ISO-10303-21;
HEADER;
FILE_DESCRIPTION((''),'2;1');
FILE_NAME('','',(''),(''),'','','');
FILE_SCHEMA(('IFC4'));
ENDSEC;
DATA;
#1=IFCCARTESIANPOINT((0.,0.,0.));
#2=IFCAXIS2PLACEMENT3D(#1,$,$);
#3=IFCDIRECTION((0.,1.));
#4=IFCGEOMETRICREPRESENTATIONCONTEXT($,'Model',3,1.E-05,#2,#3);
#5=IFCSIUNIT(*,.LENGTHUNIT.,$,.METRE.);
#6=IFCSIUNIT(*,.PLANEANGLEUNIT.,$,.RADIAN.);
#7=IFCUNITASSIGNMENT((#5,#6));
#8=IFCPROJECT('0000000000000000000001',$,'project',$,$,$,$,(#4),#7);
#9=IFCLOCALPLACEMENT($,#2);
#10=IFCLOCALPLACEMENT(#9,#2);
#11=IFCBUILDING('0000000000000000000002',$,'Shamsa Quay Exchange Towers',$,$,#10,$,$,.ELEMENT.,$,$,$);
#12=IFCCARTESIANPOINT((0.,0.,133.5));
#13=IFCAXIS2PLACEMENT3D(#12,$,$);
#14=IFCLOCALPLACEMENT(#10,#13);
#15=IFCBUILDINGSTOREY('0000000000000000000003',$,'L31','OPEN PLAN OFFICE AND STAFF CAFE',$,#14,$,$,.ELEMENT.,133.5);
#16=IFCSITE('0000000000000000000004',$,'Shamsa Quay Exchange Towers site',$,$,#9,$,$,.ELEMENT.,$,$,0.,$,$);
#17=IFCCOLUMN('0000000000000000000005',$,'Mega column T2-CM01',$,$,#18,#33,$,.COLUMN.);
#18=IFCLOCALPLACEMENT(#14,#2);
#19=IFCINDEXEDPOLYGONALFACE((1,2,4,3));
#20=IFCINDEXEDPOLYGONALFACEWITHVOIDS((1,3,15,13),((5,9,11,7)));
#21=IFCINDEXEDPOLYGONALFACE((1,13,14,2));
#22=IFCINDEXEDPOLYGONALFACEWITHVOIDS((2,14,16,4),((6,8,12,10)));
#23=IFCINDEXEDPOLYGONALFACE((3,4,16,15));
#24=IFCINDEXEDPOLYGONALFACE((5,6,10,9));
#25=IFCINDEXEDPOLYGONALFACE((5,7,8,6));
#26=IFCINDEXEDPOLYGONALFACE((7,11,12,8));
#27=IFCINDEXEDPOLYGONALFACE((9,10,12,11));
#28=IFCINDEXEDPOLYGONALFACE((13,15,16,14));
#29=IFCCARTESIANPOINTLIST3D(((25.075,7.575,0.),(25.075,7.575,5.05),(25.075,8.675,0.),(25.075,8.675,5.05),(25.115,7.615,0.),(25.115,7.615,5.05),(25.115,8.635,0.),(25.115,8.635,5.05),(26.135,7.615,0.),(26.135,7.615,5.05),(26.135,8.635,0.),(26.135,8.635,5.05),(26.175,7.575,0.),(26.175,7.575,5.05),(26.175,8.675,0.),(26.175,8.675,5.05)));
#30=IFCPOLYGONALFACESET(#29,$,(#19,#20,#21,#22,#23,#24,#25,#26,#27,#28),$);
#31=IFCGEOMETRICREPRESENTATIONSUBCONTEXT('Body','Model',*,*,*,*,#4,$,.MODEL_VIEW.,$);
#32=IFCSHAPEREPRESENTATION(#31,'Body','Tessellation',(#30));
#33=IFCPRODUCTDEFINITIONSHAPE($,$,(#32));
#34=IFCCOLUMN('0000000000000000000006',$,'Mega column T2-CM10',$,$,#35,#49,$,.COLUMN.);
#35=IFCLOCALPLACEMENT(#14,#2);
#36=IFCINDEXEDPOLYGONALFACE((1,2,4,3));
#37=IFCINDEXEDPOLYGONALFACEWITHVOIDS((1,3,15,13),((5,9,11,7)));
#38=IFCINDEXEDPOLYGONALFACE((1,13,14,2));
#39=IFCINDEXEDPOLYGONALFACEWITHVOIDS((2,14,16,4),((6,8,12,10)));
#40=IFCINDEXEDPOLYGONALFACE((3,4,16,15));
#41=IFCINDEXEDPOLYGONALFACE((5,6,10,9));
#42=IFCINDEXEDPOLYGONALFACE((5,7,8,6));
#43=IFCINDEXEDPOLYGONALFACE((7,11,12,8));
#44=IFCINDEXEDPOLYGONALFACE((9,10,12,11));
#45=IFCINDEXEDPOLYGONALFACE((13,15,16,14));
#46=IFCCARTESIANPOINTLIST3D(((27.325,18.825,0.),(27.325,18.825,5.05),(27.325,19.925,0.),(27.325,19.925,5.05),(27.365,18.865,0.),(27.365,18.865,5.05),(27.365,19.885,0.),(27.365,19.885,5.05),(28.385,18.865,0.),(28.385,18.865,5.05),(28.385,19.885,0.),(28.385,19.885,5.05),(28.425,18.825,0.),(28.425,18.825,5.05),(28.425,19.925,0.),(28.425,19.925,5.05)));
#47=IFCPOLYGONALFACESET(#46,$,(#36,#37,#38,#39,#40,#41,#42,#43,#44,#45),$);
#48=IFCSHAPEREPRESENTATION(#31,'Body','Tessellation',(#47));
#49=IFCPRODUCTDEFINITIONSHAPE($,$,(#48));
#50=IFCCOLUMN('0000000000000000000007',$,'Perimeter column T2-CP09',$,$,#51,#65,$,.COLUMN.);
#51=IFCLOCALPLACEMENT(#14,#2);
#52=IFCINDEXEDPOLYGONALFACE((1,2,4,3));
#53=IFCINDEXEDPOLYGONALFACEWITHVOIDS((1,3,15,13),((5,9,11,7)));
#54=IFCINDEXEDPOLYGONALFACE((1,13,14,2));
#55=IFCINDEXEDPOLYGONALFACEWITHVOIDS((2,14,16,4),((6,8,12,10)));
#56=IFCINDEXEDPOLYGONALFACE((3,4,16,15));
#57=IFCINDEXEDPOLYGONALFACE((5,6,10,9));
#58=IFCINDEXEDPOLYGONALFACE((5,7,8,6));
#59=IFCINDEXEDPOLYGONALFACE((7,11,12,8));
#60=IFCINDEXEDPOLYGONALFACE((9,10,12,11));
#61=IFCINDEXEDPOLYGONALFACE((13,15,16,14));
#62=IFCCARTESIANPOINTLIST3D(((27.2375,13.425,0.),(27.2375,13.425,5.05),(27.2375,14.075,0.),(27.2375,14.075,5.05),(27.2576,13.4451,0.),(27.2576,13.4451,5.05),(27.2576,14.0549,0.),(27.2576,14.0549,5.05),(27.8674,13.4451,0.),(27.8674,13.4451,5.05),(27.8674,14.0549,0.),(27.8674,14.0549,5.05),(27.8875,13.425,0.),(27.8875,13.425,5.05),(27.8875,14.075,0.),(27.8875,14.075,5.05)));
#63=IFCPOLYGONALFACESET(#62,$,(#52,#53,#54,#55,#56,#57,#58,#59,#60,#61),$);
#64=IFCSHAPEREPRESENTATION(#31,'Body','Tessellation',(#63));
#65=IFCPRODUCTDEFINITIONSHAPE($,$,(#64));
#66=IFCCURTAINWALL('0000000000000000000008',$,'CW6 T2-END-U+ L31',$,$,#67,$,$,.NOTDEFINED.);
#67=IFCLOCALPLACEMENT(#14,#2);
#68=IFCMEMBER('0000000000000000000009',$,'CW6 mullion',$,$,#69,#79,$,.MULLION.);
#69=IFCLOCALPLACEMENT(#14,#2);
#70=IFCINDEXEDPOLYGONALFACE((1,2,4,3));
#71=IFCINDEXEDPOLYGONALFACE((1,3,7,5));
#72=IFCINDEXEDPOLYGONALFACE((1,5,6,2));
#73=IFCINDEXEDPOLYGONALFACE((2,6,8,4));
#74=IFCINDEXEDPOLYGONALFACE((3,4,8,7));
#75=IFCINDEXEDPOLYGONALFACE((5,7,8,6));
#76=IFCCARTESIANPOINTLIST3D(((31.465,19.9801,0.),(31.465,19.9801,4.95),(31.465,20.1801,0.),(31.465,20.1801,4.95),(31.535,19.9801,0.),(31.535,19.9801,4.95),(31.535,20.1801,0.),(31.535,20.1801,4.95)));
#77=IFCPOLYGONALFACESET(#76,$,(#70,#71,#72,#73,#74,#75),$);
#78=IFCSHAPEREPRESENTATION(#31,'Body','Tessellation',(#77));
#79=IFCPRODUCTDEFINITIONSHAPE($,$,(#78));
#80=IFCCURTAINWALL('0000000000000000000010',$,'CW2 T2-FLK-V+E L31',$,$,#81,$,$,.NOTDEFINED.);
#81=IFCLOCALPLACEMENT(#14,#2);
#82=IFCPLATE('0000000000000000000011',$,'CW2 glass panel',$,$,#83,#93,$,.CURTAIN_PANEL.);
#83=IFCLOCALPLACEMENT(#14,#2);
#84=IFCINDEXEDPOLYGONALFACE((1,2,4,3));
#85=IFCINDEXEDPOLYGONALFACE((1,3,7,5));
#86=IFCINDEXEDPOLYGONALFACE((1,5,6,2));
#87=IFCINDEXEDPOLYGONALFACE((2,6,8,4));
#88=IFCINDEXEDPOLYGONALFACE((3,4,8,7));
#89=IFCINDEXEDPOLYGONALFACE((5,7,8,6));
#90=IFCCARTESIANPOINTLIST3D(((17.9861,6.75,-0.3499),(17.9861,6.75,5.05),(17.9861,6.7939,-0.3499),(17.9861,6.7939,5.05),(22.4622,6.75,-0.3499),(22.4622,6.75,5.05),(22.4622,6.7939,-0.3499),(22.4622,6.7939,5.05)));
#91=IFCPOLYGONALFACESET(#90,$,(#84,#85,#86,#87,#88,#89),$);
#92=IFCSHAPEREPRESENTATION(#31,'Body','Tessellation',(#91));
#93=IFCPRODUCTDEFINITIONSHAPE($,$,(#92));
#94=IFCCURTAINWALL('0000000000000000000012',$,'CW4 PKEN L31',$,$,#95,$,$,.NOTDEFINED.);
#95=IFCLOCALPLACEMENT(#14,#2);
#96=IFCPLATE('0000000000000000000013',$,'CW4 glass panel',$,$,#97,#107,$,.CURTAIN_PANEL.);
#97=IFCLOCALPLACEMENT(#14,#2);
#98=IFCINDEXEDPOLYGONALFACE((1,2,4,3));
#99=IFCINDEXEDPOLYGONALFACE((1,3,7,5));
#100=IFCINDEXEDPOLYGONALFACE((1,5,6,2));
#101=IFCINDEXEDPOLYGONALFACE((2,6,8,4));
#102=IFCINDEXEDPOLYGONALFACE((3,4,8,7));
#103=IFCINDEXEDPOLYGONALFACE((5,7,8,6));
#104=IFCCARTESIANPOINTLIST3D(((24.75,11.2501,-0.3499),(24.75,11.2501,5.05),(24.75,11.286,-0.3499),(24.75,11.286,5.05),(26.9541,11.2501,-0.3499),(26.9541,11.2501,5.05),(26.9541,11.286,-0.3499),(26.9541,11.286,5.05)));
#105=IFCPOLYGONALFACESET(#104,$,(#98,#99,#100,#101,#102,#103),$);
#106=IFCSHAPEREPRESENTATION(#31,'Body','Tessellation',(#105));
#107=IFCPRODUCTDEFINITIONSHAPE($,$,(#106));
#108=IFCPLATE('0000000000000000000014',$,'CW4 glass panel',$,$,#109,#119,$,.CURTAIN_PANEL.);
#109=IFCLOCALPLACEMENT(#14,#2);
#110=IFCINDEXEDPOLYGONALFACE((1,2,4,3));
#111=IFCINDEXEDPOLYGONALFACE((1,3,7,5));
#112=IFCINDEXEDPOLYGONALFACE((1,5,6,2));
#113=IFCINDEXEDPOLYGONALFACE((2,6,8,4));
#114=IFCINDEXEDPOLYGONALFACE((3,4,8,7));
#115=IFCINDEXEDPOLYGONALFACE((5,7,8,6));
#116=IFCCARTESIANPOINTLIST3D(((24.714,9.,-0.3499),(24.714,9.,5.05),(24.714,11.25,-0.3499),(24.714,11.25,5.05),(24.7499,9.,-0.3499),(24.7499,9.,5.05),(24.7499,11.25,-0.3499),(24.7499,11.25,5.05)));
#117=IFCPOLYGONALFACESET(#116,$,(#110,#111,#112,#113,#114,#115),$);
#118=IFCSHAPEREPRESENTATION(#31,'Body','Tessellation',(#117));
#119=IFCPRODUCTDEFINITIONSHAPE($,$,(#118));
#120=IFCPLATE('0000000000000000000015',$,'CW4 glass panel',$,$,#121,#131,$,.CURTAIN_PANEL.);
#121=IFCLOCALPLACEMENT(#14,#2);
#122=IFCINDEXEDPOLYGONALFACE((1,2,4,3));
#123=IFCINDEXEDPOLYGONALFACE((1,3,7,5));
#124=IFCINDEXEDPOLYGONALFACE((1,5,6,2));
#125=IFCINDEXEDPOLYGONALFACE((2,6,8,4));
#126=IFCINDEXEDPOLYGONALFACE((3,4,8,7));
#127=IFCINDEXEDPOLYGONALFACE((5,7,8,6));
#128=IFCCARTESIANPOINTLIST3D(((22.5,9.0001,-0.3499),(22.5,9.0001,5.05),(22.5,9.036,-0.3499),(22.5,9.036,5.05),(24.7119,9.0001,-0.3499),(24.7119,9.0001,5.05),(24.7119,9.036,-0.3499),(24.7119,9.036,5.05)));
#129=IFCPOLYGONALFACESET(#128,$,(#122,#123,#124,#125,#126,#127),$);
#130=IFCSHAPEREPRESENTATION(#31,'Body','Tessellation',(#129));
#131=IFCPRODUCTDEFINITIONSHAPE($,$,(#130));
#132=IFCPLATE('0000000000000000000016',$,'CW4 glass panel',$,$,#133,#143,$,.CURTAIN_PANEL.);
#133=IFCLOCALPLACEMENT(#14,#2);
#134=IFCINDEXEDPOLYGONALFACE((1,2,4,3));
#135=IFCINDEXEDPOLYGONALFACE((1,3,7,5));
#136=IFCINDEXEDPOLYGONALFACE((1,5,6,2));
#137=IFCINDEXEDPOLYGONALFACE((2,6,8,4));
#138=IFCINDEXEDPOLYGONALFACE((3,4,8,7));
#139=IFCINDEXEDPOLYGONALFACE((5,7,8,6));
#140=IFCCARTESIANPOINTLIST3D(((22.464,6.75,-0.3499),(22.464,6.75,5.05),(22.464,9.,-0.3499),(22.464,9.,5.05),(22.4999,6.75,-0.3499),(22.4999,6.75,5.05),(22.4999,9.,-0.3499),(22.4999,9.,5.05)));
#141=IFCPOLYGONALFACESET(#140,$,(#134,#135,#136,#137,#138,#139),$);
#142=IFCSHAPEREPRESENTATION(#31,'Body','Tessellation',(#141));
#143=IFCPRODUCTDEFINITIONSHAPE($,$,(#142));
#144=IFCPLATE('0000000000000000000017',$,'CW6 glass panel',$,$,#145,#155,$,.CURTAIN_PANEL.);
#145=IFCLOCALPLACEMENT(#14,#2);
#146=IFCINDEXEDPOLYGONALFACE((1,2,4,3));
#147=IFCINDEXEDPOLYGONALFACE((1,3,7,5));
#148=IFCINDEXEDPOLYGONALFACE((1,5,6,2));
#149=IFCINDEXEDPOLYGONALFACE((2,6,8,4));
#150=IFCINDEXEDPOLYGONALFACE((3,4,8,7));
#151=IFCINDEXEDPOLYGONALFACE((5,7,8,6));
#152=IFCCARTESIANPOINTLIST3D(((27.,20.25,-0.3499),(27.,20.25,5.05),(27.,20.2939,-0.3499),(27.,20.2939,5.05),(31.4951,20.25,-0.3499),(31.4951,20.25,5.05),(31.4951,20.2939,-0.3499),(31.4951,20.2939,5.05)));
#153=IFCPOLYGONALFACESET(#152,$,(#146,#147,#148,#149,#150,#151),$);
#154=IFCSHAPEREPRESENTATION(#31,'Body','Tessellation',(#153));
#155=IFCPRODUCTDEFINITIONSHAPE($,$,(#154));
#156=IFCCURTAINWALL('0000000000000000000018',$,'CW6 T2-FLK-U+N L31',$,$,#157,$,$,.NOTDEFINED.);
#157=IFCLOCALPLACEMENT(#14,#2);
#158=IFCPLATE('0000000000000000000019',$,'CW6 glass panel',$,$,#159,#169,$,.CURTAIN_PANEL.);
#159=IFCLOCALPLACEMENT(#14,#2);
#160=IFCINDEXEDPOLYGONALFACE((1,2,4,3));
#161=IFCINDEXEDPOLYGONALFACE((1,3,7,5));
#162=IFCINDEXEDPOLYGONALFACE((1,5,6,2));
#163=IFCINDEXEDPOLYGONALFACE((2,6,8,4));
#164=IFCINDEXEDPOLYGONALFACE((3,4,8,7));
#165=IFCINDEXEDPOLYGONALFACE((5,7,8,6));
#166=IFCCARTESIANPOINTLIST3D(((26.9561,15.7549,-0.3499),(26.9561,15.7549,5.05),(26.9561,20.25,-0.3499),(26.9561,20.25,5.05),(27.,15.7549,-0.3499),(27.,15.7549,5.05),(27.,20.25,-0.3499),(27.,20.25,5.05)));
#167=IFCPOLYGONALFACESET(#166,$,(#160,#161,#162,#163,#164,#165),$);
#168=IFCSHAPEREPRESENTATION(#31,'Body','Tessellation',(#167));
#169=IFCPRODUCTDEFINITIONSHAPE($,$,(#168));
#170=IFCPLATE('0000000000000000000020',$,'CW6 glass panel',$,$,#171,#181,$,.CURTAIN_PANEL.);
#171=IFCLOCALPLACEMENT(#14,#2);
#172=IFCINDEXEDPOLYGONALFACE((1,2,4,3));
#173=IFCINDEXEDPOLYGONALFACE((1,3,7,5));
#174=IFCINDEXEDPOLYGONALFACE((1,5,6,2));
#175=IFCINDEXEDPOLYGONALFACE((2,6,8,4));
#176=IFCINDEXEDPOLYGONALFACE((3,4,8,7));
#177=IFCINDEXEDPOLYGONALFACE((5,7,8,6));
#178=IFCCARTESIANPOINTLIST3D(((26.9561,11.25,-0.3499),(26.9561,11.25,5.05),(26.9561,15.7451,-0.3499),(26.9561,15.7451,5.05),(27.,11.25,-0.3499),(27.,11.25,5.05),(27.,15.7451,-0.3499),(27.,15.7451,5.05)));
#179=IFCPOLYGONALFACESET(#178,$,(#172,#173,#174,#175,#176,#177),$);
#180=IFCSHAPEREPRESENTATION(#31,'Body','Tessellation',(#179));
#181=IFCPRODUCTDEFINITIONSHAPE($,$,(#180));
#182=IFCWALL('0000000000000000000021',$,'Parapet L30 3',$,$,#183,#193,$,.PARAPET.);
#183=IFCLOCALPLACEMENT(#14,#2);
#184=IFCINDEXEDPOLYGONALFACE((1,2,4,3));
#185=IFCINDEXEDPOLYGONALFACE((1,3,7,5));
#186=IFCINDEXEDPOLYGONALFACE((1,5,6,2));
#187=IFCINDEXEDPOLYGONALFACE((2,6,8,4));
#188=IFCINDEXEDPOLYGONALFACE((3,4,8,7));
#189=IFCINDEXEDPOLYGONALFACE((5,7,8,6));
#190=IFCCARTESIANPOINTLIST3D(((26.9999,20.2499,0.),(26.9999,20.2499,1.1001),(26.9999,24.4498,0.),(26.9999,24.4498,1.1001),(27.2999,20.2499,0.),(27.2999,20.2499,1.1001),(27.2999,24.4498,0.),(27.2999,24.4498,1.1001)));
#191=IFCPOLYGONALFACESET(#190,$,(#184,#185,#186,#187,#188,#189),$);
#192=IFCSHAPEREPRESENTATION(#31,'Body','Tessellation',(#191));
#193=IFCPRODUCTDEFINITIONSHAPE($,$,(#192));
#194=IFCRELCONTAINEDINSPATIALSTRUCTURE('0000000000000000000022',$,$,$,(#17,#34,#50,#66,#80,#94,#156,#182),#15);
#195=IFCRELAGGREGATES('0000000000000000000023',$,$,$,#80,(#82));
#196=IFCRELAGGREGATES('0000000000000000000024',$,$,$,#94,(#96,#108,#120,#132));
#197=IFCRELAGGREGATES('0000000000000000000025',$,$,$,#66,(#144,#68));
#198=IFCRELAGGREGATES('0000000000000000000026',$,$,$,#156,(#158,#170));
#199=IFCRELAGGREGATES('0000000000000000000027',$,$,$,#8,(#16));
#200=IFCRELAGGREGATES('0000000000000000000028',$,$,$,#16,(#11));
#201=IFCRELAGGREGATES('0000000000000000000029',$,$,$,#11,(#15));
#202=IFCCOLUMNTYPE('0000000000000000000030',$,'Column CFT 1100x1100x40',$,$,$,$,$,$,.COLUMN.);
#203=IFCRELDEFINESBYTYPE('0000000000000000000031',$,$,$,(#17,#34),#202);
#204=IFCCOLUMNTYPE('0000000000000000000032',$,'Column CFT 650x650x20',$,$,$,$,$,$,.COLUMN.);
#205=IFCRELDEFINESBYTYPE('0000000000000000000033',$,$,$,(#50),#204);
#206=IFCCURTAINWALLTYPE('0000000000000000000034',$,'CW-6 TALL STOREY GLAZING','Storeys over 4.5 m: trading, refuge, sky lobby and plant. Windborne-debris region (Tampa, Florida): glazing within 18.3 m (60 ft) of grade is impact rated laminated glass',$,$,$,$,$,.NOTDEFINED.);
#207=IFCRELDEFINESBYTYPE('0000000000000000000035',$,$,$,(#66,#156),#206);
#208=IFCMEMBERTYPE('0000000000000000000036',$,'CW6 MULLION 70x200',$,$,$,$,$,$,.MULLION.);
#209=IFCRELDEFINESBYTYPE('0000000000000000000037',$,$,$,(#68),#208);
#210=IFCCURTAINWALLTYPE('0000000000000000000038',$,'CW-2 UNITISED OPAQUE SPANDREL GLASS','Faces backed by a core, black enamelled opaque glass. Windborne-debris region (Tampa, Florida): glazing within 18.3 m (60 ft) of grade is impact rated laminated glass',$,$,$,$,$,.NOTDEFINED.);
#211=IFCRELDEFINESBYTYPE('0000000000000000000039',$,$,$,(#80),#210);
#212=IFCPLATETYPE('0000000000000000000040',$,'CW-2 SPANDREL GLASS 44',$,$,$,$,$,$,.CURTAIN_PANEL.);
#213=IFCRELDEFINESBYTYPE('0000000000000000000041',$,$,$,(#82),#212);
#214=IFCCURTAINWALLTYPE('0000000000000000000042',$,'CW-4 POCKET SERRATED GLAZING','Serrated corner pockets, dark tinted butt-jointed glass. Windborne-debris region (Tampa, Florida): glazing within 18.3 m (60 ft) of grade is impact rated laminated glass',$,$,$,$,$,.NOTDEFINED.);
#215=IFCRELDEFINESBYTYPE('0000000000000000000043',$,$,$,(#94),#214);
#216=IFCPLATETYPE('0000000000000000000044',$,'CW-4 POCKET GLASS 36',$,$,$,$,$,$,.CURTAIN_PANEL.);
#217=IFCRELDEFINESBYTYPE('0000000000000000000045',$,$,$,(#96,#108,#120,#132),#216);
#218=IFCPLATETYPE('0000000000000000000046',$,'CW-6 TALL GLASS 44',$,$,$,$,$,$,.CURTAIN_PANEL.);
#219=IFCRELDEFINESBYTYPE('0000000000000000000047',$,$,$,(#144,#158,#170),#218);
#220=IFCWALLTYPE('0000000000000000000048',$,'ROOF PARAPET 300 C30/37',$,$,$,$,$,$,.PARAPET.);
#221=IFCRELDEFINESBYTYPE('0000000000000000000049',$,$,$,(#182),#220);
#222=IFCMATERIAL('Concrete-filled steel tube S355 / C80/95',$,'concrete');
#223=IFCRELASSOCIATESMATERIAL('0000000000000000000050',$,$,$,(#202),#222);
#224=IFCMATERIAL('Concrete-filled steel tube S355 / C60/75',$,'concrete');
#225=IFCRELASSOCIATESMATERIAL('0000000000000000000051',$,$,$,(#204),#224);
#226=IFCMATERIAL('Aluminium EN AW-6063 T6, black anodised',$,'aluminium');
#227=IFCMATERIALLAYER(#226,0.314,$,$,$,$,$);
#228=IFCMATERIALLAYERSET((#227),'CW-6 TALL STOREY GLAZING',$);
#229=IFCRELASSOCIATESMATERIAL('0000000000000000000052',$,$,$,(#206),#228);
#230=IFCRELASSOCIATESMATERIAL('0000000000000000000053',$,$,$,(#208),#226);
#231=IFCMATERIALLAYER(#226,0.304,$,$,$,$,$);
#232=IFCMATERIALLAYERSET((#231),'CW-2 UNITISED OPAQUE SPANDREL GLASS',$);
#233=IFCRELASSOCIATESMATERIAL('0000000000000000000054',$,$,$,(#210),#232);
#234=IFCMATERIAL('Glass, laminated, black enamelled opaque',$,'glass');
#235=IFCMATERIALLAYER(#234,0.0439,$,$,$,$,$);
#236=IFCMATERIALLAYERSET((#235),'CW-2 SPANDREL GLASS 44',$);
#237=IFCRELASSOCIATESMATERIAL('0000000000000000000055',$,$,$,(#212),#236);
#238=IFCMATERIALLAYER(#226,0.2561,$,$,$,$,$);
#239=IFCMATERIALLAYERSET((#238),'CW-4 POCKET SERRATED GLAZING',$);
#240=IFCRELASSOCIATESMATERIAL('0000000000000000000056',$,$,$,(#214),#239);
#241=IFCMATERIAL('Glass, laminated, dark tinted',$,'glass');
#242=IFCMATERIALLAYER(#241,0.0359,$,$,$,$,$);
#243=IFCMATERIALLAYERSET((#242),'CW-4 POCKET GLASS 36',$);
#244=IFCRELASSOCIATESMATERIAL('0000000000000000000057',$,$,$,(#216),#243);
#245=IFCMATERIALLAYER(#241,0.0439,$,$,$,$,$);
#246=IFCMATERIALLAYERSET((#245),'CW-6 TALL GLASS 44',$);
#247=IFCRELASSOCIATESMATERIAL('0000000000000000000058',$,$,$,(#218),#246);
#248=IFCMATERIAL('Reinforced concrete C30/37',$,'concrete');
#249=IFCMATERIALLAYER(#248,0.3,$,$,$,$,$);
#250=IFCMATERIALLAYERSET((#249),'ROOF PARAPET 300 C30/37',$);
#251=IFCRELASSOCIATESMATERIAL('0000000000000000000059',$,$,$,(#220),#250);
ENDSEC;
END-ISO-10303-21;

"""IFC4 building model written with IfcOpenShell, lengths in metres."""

from ifc_helpers import new_model, si_unit, direction, frame, frame_2d, origin, origin_2d, place, context, subcontext, project, spatial, rectangle, hollow_rectangle, extrude, material, layer, layer_set, material_profile, profile_set, type_object, element, aggregate, save


model = new_model("IFC4")

# Units and contexts
model_context = context("Model", 3, precision=1e-05, world=origin(), true_north=direction((0.0, 1.0)))
body_context = subcontext(model_context, "Body", "Model", "MODEL_VIEW")
ifc_project = project(units=[si_unit("LENGTHUNIT", "METRE"), si_unit("PLANEANGLEUNIT", "RADIAN")], contexts=[model_context])

# Site, building, storey
site_placement = place(None, origin())
site = spatial("IfcSite", under=ifc_project, at=site_placement, Name="Shamsa Quay Exchange Towers site", CompositionType="ELEMENT", RefElevation=0.0)
building_placement = place(site_placement, origin())
building = spatial("IfcBuilding", under=site, at=building_placement, Name="Shamsa Quay Exchange Towers", CompositionType="ELEMENT")
storey_placement = place(building_placement, frame((0.0, 0.0, 133.5)))
storey = spatial("IfcBuildingStorey", under=building, at=storey_placement, Name="L31", Description="OPEN PLAN OFFICE AND STAFF CAFE", CompositionType="ELEMENT", Elevation=133.5)

# Columns
ifc_material_1 = material(Name="Concrete-filled steel tube S355 / C80/95", Category="concrete")
ifc_material_profile_1 = material_profile(ifc_material_1, hollow_rectangle(XDim=1.1001, YDim=1.1001, WallThickness=0.04, at=origin_2d()), Name="CFT 1100x1100x40")
ifc_profile_set_1 = profile_set([ifc_material_profile_1], Name="Concrete-filled steel tube S355 / C80/95")
column_type_1 = type_object("IfcColumnType", Name="Column CFT 1100x1100x40", PredefinedType="COLUMN", material=ifc_profile_set_1)
for number, where, name in (
    (1, (25.625, 8.125, 0.0), "Mega column T2-CM01"),
    (2, (27.875, 19.375, 0.0), "Mega column T2-CM10"),
):
    element("IfcColumn", number, at=place(storey_placement, frame(where)), inside=storey, type_object=column_type_1, Name=name, PredefinedType="COLUMN", context=body_context, shape_type="SweptSolid", body=[
        extrude(hollow_rectangle(XDim=1.1001, YDim=1.1001, WallThickness=0.04, at=origin_2d()), origin(), (0.0, 0.0, 1.0), 5.05),
    ])
ifc_material_2 = material(Name="Concrete-filled steel tube S355 / C60/75", Category="concrete")
ifc_material_profile_2 = material_profile(ifc_material_2, hollow_rectangle(XDim=0.6499, YDim=0.6499, WallThickness=0.02, at=origin_2d()), Name="CFT 650x650x20")
ifc_profile_set_2 = profile_set([ifc_material_profile_2], Name="Concrete-filled steel tube S355 / C60/75")
column_type_2 = type_object("IfcColumnType", Name="Column CFT 650x650x20", PredefinedType="COLUMN", material=ifc_profile_set_2)
column_placement = place(storey_placement, frame((27.5625, 13.75, 0.0)))
element("IfcColumn", 3, at=column_placement, inside=storey, type_object=column_type_2, Name="Perimeter column T2-CP09", PredefinedType="COLUMN", context=body_context, shape_type="SweptSolid", body=[
    extrude(hollow_rectangle(XDim=0.6499, YDim=0.6499, WallThickness=0.02, at=origin_2d()), origin(), (0.0, 0.0, 1.0), 5.05),
])

# Curtain wall, member
ifc_material_3 = material(Name="Aluminium EN AW-6063 T6, black anodised", Category="aluminium")
ifc_layer_1 = layer(ifc_material_3, 0.314)
ifc_layer_set_1 = layer_set([ifc_layer_1], Name="CW-6 TALL STOREY GLAZING")
curtain_wall_type_1 = type_object("IfcCurtainWallType", Name="CW-6 TALL STOREY GLAZING", Description="Storeys over 4.5 m: trading, refuge, sky lobby and plant. Windborne-debris region (Tampa, Florida): glazing within 18.3 m (60 ft) of grade is impact rated laminated glass", PredefinedType="NOTDEFINED", material=ifc_layer_set_1)
curtain_wall_1_placement = place(storey_placement, origin())
curtain_wall_1 = element("IfcCurtainWall", 4, at=curtain_wall_1_placement, inside=storey, type_object=curtain_wall_type_1, Name="CW6 T2-END-U+ L31", PredefinedType="NOTDEFINED")
ifc_material_profile_3 = material_profile(ifc_material_3, rectangle(XDim=0.2, YDim=0.0701, at=origin_2d()), Name="MU70x200")
ifc_profile_set_3 = profile_set([ifc_material_profile_3], Name="Aluminium EN AW-6063 T6, black anodised")
member_type = type_object("IfcMemberType", Name="CW6 MULLION 70x200", PredefinedType="MULLION", material=ifc_profile_set_3)
member_placement = place(storey_placement, frame((31.5, 20.0801, 0.0), z_axis=(0.0, 0.0, 1.0), x_axis=(0.0, -1.0, 0.0)))
member = element("IfcMember", 5, at=member_placement, type_object=member_type, Name="CW6 mullion", PredefinedType="MULLION", context=body_context, shape_type="SweptSolid", body=[
    extrude(rectangle(XDim=0.2, YDim=0.0701, at=origin_2d()), origin(), (0.0, 0.0, 1.0), 4.95),
])

# Curtain wall, plate
ifc_layer_2 = layer(ifc_material_3, 0.304)
ifc_layer_set_2 = layer_set([ifc_layer_2], Name="CW-2 UNITISED OPAQUE SPANDREL GLASS")
curtain_wall_type_2 = type_object("IfcCurtainWallType", Name="CW-2 UNITISED OPAQUE SPANDREL GLASS", Description="Faces backed by a core, black enamelled opaque glass. Windborne-debris region (Tampa, Florida): glazing within 18.3 m (60 ft) of grade is impact rated laminated glass", PredefinedType="NOTDEFINED", material=ifc_layer_set_2)
curtain_wall_2_placement = place(storey_placement, origin())
curtain_wall_2 = element("IfcCurtainWall", 6, at=curtain_wall_2_placement, inside=storey, type_object=curtain_wall_type_2, Name="CW2 T2-FLK-V+E L31", PredefinedType="NOTDEFINED")
ifc_material_4 = material(Name="Glass, laminated, black enamelled opaque", Category="glass")
ifc_layer_3 = layer(ifc_material_4, 0.0439)
ifc_layer_set_3 = layer_set([ifc_layer_3], Name="CW-2 SPANDREL GLASS 44")
plate_type_1 = type_object("IfcPlateType", Name="CW-2 SPANDREL GLASS 44", PredefinedType="CURTAIN_PANEL", material=ifc_layer_set_3)
plate_1_placement = place(storey_placement, frame((20.2241, 6.772, -0.3499), z_axis=(0.0, 0.0, 1.0), x_axis=(-1.0, 0.0, 0.0)))
plate_1 = element("IfcPlate", 7, at=plate_1_placement, type_object=plate_type_1, Name="CW2 glass panel", PredefinedType="CURTAIN_PANEL", context=body_context, shape_type="SweptSolid", body=[
    extrude(rectangle(XDim=4.4761, YDim=0.0439, at=origin_2d()), origin(), (0.0, 0.0, 1.0), 5.3999),
])
aggregate(curtain_wall_2, [plate_1])

# Curtain wall, plates
ifc_layer_4 = layer(ifc_material_3, 0.2561)
ifc_layer_set_4 = layer_set([ifc_layer_4], Name="CW-4 POCKET SERRATED GLAZING")
curtain_wall_type_3 = type_object("IfcCurtainWallType", Name="CW-4 POCKET SERRATED GLAZING", Description="Serrated corner pockets, dark tinted butt-jointed glass. Windborne-debris region (Tampa, Florida): glazing within 18.3 m (60 ft) of grade is impact rated laminated glass", PredefinedType="NOTDEFINED", material=ifc_layer_set_4)
curtain_wall_3_placement = place(storey_placement, origin())
curtain_wall_3 = element("IfcCurtainWall", 8, at=curtain_wall_3_placement, inside=storey, type_object=curtain_wall_type_3, Name="CW4 PKEN L31", PredefinedType="NOTDEFINED")
ifc_material_5 = material(Name="Glass, laminated, dark tinted", Category="glass")
ifc_layer_5 = layer(ifc_material_5, 0.0359)
ifc_layer_set_5 = layer_set([ifc_layer_5], Name="CW-4 POCKET GLASS 36")
plate_type_2 = type_object("IfcPlateType", Name="CW-4 POCKET GLASS 36", PredefinedType="CURTAIN_PANEL", material=ifc_layer_set_5)
plate_2_placement = place(storey_placement, frame((25.8521, 11.2681, -0.3499), z_axis=(0.0, 0.0, 1.0), x_axis=(-1.0, 0.0, 0.0)))
plate_2 = element("IfcPlate", 9, at=plate_2_placement, type_object=plate_type_2, Name="CW4 glass panel", PredefinedType="CURTAIN_PANEL", context=body_context, shape_type="SweptSolid", body=[
    extrude(rectangle(XDim=2.2041, YDim=0.0359, at=origin_2d()), origin(), (0.0, 0.0, 1.0), 5.3999),
])
plate_3_placement = place(storey_placement, frame((24.7319, 10.125, -0.3499), z_axis=(0.0, 0.0, 1.0), x_axis=(0.0, -1.0, 0.0)))
plate_3 = element("IfcPlate", 10, at=plate_3_placement, type_object=plate_type_2, Name="CW4 glass panel", PredefinedType="CURTAIN_PANEL", context=body_context, shape_type="SweptSolid", body=[
    extrude(rectangle(XDim=2.25, YDim=0.0359, at=origin_2d()), origin(), (0.0, 0.0, 1.0), 5.3999),
])
plate_4_placement = place(storey_placement, frame((23.606, 9.0181, -0.3499), z_axis=(0.0, 0.0, 1.0), x_axis=(-1.0, 0.0, 0.0)))
plate_4 = element("IfcPlate", 11, at=plate_4_placement, type_object=plate_type_2, Name="CW4 glass panel", PredefinedType="CURTAIN_PANEL", context=body_context, shape_type="SweptSolid", body=[
    extrude(rectangle(XDim=2.2119, YDim=0.0359, at=origin_2d()), origin(), (0.0, 0.0, 1.0), 5.3999),
])
plate_5_placement = place(storey_placement, frame((22.4819, 7.875, -0.3499), z_axis=(0.0, 0.0, 1.0), x_axis=(0.0, -1.0, 0.0)))
plate_5 = element("IfcPlate", 12, at=plate_5_placement, type_object=plate_type_2, Name="CW4 glass panel", PredefinedType="CURTAIN_PANEL", context=body_context, shape_type="SweptSolid", body=[
    extrude(rectangle(XDim=2.25, YDim=0.0359, at=origin_2d()), origin(), (0.0, 0.0, 1.0), 5.3999),
])
aggregate(curtain_wall_3, [plate_2, plate_3, plate_4, plate_5])

# Plate
ifc_layer_6 = layer(ifc_material_5, 0.0439)
ifc_layer_set_6 = layer_set([ifc_layer_6], Name="CW-6 TALL GLASS 44")
plate_type_3 = type_object("IfcPlateType", Name="CW-6 TALL GLASS 44", PredefinedType="CURTAIN_PANEL", material=ifc_layer_set_6)
plate_6_placement = place(storey_placement, frame((29.2476, 20.272, -0.3499), z_axis=(0.0, 0.0, 1.0), x_axis=(-1.0, 0.0, 0.0)))
plate_6 = element("IfcPlate", 13, at=plate_6_placement, type_object=plate_type_3, Name="CW6 glass panel", PredefinedType="CURTAIN_PANEL", context=body_context, shape_type="SweptSolid", body=[
    extrude(rectangle(XDim=4.4951, YDim=0.0439, at=origin_2d()), origin(), (0.0, 0.0, 1.0), 5.3999),
])
aggregate(curtain_wall_1, [plate_6, member])

# Curtain wall, plates
curtain_wall_4_placement = place(storey_placement, origin())
curtain_wall_4 = element("IfcCurtainWall", 14, at=curtain_wall_4_placement, inside=storey, type_object=curtain_wall_type_1, Name="CW6 T2-FLK-U+N L31", PredefinedType="NOTDEFINED")
plate_7_placement = place(storey_placement, frame((26.978, 18.0024, -0.3499), z_axis=(0.0, 0.0, 1.0), x_axis=(0.0, -1.0, 0.0)))
plate_7 = element("IfcPlate", 15, at=plate_7_placement, type_object=plate_type_3, Name="CW6 glass panel", PredefinedType="CURTAIN_PANEL", context=body_context, shape_type="SweptSolid", body=[
    extrude(rectangle(XDim=4.4951, YDim=0.0439, at=origin_2d()), origin(), (0.0, 0.0, 1.0), 5.3999),
])
plate_8_placement = place(storey_placement, frame((26.978, 13.4976, -0.3499), z_axis=(0.0, 0.0, 1.0), x_axis=(0.0, -1.0, 0.0)))
plate_8 = element("IfcPlate", 16, at=plate_8_placement, type_object=plate_type_3, Name="CW6 glass panel", PredefinedType="CURTAIN_PANEL", context=body_context, shape_type="SweptSolid", body=[
    extrude(rectangle(XDim=4.4951, YDim=0.0439, at=origin_2d()), origin(), (0.0, 0.0, 1.0), 5.3999),
])
aggregate(curtain_wall_4, [plate_7, plate_8])

# Wall
ifc_material_6 = material(Name="Reinforced concrete C30/37", Category="concrete")
ifc_layer_7 = layer(ifc_material_6, 0.3)
ifc_layer_set_7 = layer_set([ifc_layer_7], Name="ROOF PARAPET 300 C30/37")
wall_type_1 = type_object("IfcWallType", Name="ROOF PARAPET 300 C30/37", PredefinedType="PARAPET", material=ifc_layer_set_7)
wall_1_placement = place(storey_placement, frame((27.1499, 24.45, 0.0), z_axis=(0.0, 0.0, 1.0), x_axis=(0.0, -1.0, 0.0)))
element("IfcWall", 17, at=wall_1_placement, inside=storey, type_object=wall_type_1, Name="Parapet L30 3", PredefinedType="PARAPET", context=body_context, shape_type="SweptSolid", body=[
    extrude(rectangle(XDim=4.2, YDim=0.3, at=frame_2d((2.1001, 0.0))), origin(), (0.0, 0.0, 1.0), 1.1001),
])

save(model, "model.ifc")
